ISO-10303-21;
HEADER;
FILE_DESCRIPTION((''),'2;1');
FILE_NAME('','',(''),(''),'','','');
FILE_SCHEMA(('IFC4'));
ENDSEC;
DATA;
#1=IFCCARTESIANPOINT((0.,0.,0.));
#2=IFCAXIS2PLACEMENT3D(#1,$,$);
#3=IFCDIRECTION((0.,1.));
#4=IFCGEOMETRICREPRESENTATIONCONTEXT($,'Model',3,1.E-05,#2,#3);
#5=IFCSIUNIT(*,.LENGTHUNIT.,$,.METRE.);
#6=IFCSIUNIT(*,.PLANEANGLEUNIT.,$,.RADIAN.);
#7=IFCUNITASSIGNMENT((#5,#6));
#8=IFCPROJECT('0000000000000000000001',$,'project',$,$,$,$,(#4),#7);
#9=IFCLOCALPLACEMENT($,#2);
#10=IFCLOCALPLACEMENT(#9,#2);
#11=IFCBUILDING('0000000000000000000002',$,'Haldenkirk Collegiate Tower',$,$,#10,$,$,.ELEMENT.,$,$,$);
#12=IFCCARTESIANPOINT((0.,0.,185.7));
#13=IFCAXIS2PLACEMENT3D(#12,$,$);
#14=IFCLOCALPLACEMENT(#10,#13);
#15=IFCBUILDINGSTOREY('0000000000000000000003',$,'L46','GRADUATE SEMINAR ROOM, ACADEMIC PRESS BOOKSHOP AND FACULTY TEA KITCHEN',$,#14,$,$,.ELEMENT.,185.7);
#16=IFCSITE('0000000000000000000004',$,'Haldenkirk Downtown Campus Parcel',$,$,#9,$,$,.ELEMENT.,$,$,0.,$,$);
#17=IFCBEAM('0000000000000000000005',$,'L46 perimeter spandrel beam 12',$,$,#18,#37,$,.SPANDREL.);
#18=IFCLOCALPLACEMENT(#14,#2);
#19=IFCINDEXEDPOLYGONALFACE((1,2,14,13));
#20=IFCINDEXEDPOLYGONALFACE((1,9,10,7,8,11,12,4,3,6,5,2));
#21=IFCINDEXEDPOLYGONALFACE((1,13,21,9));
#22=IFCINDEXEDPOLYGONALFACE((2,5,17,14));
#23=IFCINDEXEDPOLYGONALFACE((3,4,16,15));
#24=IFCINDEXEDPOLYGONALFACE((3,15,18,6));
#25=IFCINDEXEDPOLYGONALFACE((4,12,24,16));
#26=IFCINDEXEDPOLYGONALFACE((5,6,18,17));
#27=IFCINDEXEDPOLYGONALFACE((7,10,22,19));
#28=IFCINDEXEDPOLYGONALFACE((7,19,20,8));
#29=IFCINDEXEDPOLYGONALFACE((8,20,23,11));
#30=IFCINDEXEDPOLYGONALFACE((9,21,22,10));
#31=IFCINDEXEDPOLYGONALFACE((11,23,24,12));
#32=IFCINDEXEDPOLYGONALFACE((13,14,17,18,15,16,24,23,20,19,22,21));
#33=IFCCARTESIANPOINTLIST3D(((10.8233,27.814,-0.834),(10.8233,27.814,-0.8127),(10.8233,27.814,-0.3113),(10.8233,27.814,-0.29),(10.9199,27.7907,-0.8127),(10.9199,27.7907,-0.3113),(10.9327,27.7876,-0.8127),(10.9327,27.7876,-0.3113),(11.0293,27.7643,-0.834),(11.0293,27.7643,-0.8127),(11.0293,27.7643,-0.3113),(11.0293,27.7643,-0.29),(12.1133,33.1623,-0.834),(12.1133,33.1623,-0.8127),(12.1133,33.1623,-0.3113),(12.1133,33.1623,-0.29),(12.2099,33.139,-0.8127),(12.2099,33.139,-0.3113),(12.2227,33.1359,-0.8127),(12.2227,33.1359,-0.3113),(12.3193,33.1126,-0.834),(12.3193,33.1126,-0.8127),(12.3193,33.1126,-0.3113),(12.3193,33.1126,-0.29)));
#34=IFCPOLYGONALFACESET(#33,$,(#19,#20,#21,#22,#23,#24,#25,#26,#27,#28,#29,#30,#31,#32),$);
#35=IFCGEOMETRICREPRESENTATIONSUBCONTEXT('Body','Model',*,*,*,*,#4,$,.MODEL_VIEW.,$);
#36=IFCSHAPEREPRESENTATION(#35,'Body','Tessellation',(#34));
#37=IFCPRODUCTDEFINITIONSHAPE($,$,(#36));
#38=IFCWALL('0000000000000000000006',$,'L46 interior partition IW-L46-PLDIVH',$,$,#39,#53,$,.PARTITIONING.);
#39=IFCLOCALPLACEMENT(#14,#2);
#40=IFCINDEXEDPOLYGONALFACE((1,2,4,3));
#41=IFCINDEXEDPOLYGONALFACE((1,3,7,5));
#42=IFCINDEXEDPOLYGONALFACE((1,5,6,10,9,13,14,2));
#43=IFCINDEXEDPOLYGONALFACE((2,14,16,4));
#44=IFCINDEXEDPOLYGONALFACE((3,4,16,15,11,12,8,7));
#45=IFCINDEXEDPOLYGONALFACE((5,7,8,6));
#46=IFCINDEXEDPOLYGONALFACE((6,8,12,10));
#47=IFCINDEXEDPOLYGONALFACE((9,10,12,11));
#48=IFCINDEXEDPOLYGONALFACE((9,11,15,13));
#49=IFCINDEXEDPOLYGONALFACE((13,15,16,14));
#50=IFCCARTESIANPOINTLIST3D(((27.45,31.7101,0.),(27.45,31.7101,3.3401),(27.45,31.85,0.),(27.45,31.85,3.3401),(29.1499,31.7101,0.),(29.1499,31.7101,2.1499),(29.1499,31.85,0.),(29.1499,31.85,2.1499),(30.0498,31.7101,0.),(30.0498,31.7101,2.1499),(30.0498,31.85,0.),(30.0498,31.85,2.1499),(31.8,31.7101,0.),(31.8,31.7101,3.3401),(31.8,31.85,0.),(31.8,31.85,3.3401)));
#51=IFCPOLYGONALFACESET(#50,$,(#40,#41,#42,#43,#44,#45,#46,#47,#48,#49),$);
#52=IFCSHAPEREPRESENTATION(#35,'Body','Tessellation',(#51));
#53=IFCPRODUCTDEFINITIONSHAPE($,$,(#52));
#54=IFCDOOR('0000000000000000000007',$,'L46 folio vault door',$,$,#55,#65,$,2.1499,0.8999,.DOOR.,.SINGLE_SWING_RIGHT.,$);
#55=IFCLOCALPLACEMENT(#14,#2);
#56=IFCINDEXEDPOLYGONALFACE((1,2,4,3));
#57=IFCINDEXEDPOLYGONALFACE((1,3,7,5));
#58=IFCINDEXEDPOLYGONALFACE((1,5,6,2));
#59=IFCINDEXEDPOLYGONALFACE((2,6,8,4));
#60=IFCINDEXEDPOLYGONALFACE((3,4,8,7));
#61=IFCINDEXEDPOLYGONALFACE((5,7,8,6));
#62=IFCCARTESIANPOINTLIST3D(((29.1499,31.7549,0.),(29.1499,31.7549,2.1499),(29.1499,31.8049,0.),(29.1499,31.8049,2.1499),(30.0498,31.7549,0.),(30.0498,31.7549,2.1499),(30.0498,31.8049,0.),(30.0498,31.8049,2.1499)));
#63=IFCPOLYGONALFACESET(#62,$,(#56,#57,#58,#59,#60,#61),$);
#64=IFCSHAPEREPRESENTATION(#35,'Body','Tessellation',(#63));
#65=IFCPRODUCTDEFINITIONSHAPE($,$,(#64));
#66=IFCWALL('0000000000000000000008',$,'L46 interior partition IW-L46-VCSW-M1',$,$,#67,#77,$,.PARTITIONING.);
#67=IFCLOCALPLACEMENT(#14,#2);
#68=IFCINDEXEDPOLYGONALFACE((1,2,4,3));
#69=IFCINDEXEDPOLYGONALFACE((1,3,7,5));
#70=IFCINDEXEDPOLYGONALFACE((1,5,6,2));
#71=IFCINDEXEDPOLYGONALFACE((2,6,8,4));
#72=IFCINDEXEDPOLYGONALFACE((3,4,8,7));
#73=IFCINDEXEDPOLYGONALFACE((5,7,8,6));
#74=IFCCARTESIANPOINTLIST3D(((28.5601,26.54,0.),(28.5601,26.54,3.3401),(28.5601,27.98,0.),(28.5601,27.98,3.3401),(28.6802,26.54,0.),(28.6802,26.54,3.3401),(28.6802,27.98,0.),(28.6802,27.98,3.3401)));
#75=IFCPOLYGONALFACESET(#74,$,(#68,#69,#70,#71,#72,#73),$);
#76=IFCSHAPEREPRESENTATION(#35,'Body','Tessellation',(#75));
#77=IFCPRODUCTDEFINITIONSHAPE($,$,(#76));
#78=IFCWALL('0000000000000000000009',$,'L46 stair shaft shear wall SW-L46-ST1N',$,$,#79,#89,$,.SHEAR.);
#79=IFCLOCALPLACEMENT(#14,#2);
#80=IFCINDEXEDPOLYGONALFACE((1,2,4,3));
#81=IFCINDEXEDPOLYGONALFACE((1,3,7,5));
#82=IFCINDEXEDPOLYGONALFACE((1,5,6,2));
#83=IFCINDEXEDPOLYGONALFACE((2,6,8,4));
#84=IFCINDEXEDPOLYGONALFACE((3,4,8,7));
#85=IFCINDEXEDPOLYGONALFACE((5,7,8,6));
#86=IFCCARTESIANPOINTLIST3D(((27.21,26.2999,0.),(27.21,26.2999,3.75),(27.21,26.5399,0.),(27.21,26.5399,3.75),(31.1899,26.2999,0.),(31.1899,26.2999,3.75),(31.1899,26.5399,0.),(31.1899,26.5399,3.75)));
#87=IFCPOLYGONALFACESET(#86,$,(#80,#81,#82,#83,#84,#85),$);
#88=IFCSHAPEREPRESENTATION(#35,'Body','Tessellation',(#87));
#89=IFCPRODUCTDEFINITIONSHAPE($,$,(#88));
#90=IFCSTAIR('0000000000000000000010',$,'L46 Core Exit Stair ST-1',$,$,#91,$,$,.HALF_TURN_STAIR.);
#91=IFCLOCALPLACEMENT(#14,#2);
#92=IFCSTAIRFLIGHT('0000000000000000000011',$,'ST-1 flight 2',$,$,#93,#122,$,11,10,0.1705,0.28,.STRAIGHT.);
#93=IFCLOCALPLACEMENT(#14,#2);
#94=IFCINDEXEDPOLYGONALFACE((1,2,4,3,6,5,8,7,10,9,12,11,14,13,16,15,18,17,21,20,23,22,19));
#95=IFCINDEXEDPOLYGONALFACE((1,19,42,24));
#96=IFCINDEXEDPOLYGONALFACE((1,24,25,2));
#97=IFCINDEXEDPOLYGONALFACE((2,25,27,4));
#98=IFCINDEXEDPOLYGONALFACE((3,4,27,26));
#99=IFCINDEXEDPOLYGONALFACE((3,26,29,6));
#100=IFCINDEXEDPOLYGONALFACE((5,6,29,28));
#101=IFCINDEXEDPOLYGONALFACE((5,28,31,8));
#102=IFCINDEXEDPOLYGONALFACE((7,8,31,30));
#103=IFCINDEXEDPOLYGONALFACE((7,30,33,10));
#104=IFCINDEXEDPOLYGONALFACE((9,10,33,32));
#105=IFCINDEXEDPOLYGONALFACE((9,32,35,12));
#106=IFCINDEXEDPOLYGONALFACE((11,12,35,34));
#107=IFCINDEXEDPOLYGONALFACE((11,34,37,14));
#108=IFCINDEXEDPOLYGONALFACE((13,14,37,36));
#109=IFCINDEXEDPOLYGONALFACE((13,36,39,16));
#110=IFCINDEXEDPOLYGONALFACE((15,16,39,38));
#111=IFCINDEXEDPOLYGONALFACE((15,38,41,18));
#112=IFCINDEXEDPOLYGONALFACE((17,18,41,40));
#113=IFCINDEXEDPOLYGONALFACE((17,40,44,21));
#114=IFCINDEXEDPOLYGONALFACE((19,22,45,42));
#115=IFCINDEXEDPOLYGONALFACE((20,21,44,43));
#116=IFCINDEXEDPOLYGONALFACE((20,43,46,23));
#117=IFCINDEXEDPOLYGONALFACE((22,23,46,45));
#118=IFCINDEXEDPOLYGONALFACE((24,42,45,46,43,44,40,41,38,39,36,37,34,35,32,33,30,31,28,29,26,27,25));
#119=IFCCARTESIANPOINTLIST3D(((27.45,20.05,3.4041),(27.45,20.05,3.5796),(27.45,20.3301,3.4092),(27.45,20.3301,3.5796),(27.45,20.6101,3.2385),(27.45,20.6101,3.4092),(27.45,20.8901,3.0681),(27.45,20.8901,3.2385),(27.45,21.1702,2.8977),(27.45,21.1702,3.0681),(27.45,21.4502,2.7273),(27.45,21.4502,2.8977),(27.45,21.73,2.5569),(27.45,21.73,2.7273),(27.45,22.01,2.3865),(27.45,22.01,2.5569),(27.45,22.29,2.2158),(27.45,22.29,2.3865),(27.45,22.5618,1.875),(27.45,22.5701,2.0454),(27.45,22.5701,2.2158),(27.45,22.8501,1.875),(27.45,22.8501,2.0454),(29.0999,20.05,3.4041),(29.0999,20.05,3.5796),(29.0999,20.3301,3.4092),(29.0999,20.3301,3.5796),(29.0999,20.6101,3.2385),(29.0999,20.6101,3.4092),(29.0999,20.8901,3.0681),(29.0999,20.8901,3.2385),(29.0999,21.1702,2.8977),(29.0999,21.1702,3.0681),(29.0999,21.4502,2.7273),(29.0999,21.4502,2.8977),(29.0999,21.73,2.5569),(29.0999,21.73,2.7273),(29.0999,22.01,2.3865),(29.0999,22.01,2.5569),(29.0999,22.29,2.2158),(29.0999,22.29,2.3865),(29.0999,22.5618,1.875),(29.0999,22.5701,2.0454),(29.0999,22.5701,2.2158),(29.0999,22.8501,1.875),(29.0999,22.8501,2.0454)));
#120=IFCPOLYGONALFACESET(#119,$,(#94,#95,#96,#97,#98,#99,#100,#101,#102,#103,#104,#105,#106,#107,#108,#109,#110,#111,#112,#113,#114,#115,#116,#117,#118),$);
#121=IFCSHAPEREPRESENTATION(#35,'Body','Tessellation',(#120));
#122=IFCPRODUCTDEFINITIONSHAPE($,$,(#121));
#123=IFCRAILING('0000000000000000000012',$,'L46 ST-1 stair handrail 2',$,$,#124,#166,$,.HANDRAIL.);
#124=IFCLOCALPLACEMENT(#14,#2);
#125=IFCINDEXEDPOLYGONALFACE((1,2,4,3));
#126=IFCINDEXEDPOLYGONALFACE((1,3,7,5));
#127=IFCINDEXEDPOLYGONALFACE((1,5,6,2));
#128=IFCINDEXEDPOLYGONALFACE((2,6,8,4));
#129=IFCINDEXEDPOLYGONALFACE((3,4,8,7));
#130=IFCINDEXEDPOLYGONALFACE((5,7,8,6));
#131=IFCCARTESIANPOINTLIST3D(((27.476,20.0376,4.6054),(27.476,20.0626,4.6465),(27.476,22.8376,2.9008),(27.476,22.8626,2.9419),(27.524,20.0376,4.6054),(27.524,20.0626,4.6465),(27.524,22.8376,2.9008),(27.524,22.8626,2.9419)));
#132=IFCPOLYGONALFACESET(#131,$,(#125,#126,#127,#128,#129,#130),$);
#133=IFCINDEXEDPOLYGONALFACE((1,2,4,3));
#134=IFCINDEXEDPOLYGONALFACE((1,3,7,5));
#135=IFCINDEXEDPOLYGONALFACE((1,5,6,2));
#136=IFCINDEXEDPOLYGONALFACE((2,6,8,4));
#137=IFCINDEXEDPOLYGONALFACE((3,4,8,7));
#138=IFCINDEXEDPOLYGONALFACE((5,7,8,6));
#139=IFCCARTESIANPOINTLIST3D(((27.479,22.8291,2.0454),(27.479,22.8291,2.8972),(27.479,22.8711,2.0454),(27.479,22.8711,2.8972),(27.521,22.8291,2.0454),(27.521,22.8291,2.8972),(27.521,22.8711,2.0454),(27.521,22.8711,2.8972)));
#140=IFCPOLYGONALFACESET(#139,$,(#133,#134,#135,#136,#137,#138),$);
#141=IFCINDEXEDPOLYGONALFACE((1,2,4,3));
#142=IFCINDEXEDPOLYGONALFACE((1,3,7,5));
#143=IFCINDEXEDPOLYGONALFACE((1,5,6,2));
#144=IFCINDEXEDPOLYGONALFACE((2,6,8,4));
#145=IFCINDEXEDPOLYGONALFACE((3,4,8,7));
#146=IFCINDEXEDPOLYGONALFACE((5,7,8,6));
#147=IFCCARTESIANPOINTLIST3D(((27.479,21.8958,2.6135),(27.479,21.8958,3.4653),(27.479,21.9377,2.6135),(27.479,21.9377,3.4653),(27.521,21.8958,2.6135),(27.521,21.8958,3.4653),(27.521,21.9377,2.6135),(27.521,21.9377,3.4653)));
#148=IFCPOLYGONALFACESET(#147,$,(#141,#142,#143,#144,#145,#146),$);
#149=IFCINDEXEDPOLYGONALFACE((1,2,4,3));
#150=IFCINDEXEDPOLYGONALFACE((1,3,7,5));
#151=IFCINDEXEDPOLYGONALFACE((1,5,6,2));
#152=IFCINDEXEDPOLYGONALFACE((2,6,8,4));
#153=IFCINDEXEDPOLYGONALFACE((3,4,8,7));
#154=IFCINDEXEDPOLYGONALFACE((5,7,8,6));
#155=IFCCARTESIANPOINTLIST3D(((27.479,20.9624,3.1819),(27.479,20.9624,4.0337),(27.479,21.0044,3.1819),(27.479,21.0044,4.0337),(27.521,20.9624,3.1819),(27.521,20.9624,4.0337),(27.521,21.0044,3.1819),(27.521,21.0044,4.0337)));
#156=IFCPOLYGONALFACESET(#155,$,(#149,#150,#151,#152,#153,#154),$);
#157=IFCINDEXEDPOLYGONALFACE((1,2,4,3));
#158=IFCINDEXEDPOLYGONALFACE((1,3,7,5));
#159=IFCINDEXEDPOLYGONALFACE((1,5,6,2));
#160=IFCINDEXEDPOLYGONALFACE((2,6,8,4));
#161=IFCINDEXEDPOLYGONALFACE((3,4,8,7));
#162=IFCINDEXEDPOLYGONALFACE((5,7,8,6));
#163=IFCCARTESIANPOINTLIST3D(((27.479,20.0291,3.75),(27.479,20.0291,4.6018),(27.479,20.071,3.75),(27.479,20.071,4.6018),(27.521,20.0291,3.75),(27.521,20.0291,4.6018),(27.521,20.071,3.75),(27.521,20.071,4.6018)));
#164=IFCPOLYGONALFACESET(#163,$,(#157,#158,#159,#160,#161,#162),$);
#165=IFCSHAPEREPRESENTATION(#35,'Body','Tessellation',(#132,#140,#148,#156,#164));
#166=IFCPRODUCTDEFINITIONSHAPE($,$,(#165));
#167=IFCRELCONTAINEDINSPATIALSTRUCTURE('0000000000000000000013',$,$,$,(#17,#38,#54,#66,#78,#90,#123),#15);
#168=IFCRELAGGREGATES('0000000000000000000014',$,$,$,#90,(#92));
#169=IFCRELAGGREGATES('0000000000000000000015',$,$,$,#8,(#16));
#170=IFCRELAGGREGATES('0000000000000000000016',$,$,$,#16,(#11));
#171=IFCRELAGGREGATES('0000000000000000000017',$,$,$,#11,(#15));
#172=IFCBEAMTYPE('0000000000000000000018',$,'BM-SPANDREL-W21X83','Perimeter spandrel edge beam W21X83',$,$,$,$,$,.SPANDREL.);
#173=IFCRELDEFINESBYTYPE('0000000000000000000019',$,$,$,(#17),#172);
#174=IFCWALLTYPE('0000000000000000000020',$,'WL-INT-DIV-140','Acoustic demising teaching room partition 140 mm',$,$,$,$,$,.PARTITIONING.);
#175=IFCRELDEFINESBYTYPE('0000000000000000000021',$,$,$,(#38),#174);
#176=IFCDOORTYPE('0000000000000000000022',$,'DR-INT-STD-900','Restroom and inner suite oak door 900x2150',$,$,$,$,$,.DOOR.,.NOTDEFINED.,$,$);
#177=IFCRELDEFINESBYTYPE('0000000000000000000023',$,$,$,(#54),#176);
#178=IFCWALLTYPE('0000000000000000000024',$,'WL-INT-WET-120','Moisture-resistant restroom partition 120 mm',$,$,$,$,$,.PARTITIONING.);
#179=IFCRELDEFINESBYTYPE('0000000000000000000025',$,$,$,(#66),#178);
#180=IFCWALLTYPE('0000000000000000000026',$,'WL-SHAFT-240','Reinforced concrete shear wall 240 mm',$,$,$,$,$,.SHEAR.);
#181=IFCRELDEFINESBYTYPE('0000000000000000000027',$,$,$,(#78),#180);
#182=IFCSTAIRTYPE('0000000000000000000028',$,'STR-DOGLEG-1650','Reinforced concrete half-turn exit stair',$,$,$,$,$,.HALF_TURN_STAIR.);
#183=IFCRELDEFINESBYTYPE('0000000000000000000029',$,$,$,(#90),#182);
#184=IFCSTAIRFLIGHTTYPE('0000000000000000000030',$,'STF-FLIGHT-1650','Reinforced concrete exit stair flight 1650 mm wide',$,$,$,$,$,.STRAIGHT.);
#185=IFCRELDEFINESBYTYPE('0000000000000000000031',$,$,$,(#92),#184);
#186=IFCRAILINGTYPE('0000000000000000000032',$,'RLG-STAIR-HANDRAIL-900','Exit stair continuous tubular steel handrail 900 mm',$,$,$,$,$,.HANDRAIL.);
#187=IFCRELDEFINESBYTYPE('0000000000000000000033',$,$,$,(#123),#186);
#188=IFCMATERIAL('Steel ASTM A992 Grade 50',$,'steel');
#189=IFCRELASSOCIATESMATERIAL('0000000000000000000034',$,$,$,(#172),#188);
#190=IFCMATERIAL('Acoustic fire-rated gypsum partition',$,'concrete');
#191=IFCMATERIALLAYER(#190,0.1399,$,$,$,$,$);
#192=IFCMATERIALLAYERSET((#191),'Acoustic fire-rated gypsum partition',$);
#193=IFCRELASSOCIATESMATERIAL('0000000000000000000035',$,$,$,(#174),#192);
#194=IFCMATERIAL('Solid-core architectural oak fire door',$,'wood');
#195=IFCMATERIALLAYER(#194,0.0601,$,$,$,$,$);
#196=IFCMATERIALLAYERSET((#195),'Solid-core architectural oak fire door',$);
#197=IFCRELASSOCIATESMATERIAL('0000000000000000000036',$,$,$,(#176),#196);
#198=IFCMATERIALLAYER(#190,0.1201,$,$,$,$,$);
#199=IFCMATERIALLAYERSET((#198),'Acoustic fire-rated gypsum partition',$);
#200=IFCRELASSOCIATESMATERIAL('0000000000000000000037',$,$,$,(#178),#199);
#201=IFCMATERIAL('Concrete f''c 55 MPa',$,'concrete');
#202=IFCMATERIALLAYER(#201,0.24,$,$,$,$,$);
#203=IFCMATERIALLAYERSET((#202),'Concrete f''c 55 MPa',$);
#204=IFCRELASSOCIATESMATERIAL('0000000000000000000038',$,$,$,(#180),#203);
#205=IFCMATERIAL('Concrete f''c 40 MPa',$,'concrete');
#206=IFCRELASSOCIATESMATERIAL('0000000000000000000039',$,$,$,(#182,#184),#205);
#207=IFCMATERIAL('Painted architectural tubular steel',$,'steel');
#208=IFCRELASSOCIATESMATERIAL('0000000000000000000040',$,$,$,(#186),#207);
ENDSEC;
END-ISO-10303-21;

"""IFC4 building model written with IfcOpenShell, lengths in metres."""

from ifc_helpers import new_model, si_unit, direction, frame, frame_2d, origin, origin_2d, place, context, subcontext, project, spatial, polyline, rectangle, i_section, outline, extrude, material, layer, layer_set, material_profile, profile_set, type_object, element, fill, aggregate, save


model = new_model("IFC4")

# Units and contexts
model_context = context("Model", 3, precision=1e-05, world=origin(), true_north=direction((0.0, 1.0)))
body_context = subcontext(model_context, "Body", "Model", "MODEL_VIEW")
ifc_project = project(units=[si_unit("LENGTHUNIT", "METRE"), si_unit("PLANEANGLEUNIT", "RADIAN")], contexts=[model_context])

# Site, building, storey
site_placement = place(None, origin())
site = spatial("IfcSite", under=ifc_project, at=site_placement, Name="Haldenkirk Downtown Campus Parcel", CompositionType="ELEMENT", RefElevation=0.0)
building_placement = place(site_placement, origin())
building = spatial("IfcBuilding", under=site, at=building_placement, Name="Haldenkirk Collegiate Tower", CompositionType="ELEMENT")
storey_placement = place(building_placement, frame((0.0, 0.0, 185.7)))
storey = spatial("IfcBuildingStorey", under=building, at=storey_placement, Name="L46", Description="GRADUATE SEMINAR ROOM, ACADEMIC PRESS BOOKSHOP AND FACULTY TEA KITCHEN", CompositionType="ELEMENT", Elevation=185.7)

# Beam
ifc_material_1 = material(Name="Steel ASTM A992 Grade 50", Category="steel")
ifc_material_profile = material_profile(ifc_material_1, i_section(OverallWidth=0.2119, OverallDepth=0.5439, WebThickness=0.0132, FlangeThickness=0.0212, at=origin_2d()), Name="W21X83")
ifc_profile_set = profile_set([ifc_material_profile], Name="Steel ASTM A992 Grade 50")
beam_type = type_object("IfcBeamType", Name="BM-SPANDREL-W21X83", Description="Perimeter spandrel edge beam W21X83", PredefinedType="SPANDREL", material=ifc_profile_set)
beam_placement = place(storey_placement, frame((12.2163, 33.1375, -0.562), z_axis=(-0.234477, -0.972122, 0.0), x_axis=(0.972122, -0.234477, 0.0)))
element("IfcBeam", 1, at=beam_placement, inside=storey, type_object=beam_type, Name="L46 perimeter spandrel beam 12", PredefinedType="SPANDREL", context=body_context, shape_type="SweptSolid", body=[
    extrude(i_section(OverallWidth=0.2119, OverallDepth=0.5439, WebThickness=0.0132, FlangeThickness=0.0212, at=origin_2d()), origin(), (0.0, 0.0, 1.0), 5.5017),
])

# Shared definitions
ifc_material_2 = material(Name="Acoustic fire-rated gypsum partition", Category="concrete")
ifc_material_3 = material(Name="Solid-core architectural oak fire door", Category="wood")

# Wall, opening, door
ifc_layer_1 = layer(ifc_material_2, 0.1399)
ifc_layer_set_1 = layer_set([ifc_layer_1], Name="Acoustic fire-rated gypsum partition")
wall_type_1 = type_object("IfcWallType", Name="WL-INT-DIV-140", Description="Acoustic demising teaching room partition 140 mm", PredefinedType="PARTITIONING", material=ifc_layer_set_1)
wall_1_placement = place(storey_placement, frame((27.45, 31.78, 0.0), z_axis=(0.0, 0.0, 1.0), x_axis=(1.0, 0.0, 0.0)))
wall_1 = element("IfcWall", 2, at=wall_1_placement, inside=storey, type_object=wall_type_1, Name="L46 interior partition IW-L46-PLDIVH", PredefinedType="PARTITIONING", context=body_context, shape_type="SweptSolid", body=[
    extrude(rectangle(XDim=4.3501, YDim=0.1399, at=frame_2d((2.175, 0.0))), origin(), (0.0, 0.0, 1.0), 3.3401),
])
opening_1_placement = place(wall_1_placement, frame((1.7, 0.0, 0.0)))
opening_1 = element("IfcOpeningElement", 3, at=opening_1_placement, cuts=wall_1, PredefinedType="OPENING", context=body_context, shape_type="SweptSolid", body=[
    extrude(rectangle(XDim=0.8999, YDim=2.1499, at=frame_2d((0.45, 1.075))), frame((0.0, 0.0798, 0.0), z_axis=(0.0, -1.0, 0.0), x_axis=(1.0, 0.0, 0.0)), (0.0, 0.0, 1.0), 0.1599),
])
ifc_layer_2 = layer(ifc_material_3, 0.0601)
ifc_layer_set_2 = layer_set([ifc_layer_2], Name="Solid-core architectural oak fire door")
door_type_1 = type_object("IfcDoorType", Name="DR-INT-STD-900", Description="Restroom and inner suite oak door 900x2150", OperationType="NOTDEFINED", PredefinedType="DOOR", material=ifc_layer_set_2)
door_1_placement = place(opening_1_placement, origin())
door_1 = element("IfcDoor", 4, at=door_1_placement, inside=storey, type_object=door_type_1, Name="L46 folio vault door", OperationType="SINGLE_SWING_RIGHT", OverallHeight=2.1499, OverallWidth=0.8999, PredefinedType="DOOR", context=body_context, shape_type="SweptSolid", body=[
    extrude(rectangle(XDim=0.8999, YDim=2.1499, at=frame_2d((0.45, 1.075))), frame((0.0, 0.0249, 0.0), z_axis=(0.0, -1.0, 0.0), x_axis=(1.0, 0.0, 0.0)), (0.0, 0.0, 1.0), 0.05),
])
fill(opening_1, door_1)

# Walls
ifc_layer_3 = layer(ifc_material_2, 0.1201)
ifc_layer_set_3 = layer_set([ifc_layer_3], Name="Acoustic fire-rated gypsum partition")
wall_type_2 = type_object("IfcWallType", Name="WL-INT-WET-120", Description="Moisture-resistant restroom partition 120 mm", PredefinedType="PARTITIONING", material=ifc_layer_set_3)
wall_2_placement = place(storey_placement, frame((28.6201, 26.54, 0.0), z_axis=(0.0, 0.0, 1.0), x_axis=(0.0, 1.0, 0.0)))
element("IfcWall", 5, at=wall_2_placement, inside=storey, type_object=wall_type_2, Name="L46 interior partition IW-L46-VCSW-M1", PredefinedType="PARTITIONING", context=body_context, shape_type="SweptSolid", body=[
    extrude(rectangle(XDim=1.4399, YDim=0.1201, at=frame_2d((0.72, 0.0))), origin(), (0.0, 0.0, 1.0), 3.3401),
])
ifc_material_4 = material(Name="Concrete f'c 55 MPa", Category="concrete")
ifc_layer_4 = layer(ifc_material_4, 0.24)
ifc_layer_set_4 = layer_set([ifc_layer_4], Name="Concrete f'c 55 MPa")
wall_type_3 = type_object("IfcWallType", Name="WL-SHAFT-240", Description="Reinforced concrete shear wall 240 mm", PredefinedType="SHEAR", material=ifc_layer_set_4)
wall_3_placement = place(storey_placement, frame((27.21, 26.4199, 0.0), z_axis=(0.0, 0.0, 1.0), x_axis=(1.0, 0.0, 0.0)))
element("IfcWall", 6, at=wall_3_placement, inside=storey, type_object=wall_type_3, Name="L46 stair shaft shear wall SW-L46-ST1N", PredefinedType="SHEAR", context=body_context, shape_type="SweptSolid", body=[
    extrude(rectangle(XDim=3.98, YDim=0.24, at=frame_2d((1.99, 0.0))), origin(), (0.0, 0.0, 1.0), 3.75),
])

# Stair, stair flight
ifc_material_5 = material(Name="Concrete f'c 40 MPa", Category="concrete")
stair_type = type_object("IfcStairType", Name="STR-DOGLEG-1650", Description="Reinforced concrete half-turn exit stair", PredefinedType="HALF_TURN_STAIR", material=ifc_material_5)
stair_placement = place(storey_placement, origin())
stair = element("IfcStair", 7, at=stair_placement, inside=storey, type_object=stair_type, Name="L46 Core Exit Stair ST-1", PredefinedType="HALF_TURN_STAIR")
stair_flight_type = type_object("IfcStairFlightType", Name="STF-FLIGHT-1650", Description="Reinforced concrete exit stair flight 1650 mm wide", PredefinedType="STRAIGHT", material=ifc_material_5)
stair_flight_placement = place(storey_placement, frame((28.2749, 22.8501, 1.875), z_axis=(0.0, 0.0, 1.0), x_axis=(0.0, -1.0, 0.0)))
stair_flight = element("IfcStairFlight", 8, at=stair_flight_placement, type_object=stair_flight_type, Name="ST-1 flight 2", NumberOfRisers=11, NumberOfTreads=10, PredefinedType="STRAIGHT", RiserHeight=0.1705, TreadLength=0.28, context=body_context, shape_type="SweptSolid", body=[
    extrude(outline(polyline([(0.0, 0.0), (0.0, 0.1704), (0.28, 0.1704), (0.28, 0.3408), (0.5601, 0.3408), (0.5601, 0.5115), (0.8401, 0.5115), (0.8401, 0.6819), (1.1201, 0.6819), (1.1201, 0.8523), (1.3999, 0.8523), (1.3999, 1.0227), (1.6799, 1.0227), (1.6799, 1.1931), (1.96, 1.1931), (1.96, 1.3635), (2.24, 1.3635), (2.24, 1.5342), (2.52, 1.5342), (2.52, 1.7046), (2.8, 1.7046), (2.8, 1.875), (2.8, 1.5291), (0.2883, 0.0), (0.0, 0.0)])), frame((0.0, 0.825, 0.0), z_axis=(0.0, -1.0, 0.0), x_axis=(1.0, 0.0, 0.0)), (0.0, 0.0, 1.0), 1.6499),
])
aggregate(stair, [stair_flight])

# Railing
ifc_material_6 = material(Name="Painted architectural tubular steel", Category="steel")
railing_type = type_object("IfcRailingType", Name="RLG-STAIR-HANDRAIL-900", Description="Exit stair continuous tubular steel handrail 900 mm", PredefinedType="HANDRAIL", material=ifc_material_6)
railing_placement = place(storey_placement, frame((27.5, 22.8501, 2.0454)))
element("IfcRailing", 9, at=railing_placement, inside=storey, type_object=railing_type, Name="L46 ST-1 stair handrail 2", PredefinedType="HANDRAIL", context=body_context, shape_type="SweptSolid", body=[
    extrude(rectangle(XDim=0.0481, YDim=0.0481, at=origin_2d()), frame((0.0, 0.0, 0.876), z_axis=(0.0, -0.85417, 0.519994), x_axis=(1.0, 0.0, 0.0)), (0.0, 0.0, 1.0), 3.2781),
    extrude(rectangle(XDim=0.042, YDim=0.042, at=origin_2d()), origin(), (0.0, 0.0, 1.0), 0.8518),
    extrude(rectangle(XDim=0.042, YDim=0.042, at=origin_2d()), frame((0.0, -0.9333, 0.5681)), (0.0, 0.0, 1.0), 0.8518),
    extrude(rectangle(XDim=0.042, YDim=0.042, at=origin_2d()), frame((0.0, -1.8667, 1.1365)), (0.0, 0.0, 1.0), 0.8518),
    extrude(rectangle(XDim=0.042, YDim=0.042, at=origin_2d()), frame((0.0, -2.8, 1.7046)), (0.0, 0.0, 1.0), 0.8518),
])

save(model, "model.ifc")
